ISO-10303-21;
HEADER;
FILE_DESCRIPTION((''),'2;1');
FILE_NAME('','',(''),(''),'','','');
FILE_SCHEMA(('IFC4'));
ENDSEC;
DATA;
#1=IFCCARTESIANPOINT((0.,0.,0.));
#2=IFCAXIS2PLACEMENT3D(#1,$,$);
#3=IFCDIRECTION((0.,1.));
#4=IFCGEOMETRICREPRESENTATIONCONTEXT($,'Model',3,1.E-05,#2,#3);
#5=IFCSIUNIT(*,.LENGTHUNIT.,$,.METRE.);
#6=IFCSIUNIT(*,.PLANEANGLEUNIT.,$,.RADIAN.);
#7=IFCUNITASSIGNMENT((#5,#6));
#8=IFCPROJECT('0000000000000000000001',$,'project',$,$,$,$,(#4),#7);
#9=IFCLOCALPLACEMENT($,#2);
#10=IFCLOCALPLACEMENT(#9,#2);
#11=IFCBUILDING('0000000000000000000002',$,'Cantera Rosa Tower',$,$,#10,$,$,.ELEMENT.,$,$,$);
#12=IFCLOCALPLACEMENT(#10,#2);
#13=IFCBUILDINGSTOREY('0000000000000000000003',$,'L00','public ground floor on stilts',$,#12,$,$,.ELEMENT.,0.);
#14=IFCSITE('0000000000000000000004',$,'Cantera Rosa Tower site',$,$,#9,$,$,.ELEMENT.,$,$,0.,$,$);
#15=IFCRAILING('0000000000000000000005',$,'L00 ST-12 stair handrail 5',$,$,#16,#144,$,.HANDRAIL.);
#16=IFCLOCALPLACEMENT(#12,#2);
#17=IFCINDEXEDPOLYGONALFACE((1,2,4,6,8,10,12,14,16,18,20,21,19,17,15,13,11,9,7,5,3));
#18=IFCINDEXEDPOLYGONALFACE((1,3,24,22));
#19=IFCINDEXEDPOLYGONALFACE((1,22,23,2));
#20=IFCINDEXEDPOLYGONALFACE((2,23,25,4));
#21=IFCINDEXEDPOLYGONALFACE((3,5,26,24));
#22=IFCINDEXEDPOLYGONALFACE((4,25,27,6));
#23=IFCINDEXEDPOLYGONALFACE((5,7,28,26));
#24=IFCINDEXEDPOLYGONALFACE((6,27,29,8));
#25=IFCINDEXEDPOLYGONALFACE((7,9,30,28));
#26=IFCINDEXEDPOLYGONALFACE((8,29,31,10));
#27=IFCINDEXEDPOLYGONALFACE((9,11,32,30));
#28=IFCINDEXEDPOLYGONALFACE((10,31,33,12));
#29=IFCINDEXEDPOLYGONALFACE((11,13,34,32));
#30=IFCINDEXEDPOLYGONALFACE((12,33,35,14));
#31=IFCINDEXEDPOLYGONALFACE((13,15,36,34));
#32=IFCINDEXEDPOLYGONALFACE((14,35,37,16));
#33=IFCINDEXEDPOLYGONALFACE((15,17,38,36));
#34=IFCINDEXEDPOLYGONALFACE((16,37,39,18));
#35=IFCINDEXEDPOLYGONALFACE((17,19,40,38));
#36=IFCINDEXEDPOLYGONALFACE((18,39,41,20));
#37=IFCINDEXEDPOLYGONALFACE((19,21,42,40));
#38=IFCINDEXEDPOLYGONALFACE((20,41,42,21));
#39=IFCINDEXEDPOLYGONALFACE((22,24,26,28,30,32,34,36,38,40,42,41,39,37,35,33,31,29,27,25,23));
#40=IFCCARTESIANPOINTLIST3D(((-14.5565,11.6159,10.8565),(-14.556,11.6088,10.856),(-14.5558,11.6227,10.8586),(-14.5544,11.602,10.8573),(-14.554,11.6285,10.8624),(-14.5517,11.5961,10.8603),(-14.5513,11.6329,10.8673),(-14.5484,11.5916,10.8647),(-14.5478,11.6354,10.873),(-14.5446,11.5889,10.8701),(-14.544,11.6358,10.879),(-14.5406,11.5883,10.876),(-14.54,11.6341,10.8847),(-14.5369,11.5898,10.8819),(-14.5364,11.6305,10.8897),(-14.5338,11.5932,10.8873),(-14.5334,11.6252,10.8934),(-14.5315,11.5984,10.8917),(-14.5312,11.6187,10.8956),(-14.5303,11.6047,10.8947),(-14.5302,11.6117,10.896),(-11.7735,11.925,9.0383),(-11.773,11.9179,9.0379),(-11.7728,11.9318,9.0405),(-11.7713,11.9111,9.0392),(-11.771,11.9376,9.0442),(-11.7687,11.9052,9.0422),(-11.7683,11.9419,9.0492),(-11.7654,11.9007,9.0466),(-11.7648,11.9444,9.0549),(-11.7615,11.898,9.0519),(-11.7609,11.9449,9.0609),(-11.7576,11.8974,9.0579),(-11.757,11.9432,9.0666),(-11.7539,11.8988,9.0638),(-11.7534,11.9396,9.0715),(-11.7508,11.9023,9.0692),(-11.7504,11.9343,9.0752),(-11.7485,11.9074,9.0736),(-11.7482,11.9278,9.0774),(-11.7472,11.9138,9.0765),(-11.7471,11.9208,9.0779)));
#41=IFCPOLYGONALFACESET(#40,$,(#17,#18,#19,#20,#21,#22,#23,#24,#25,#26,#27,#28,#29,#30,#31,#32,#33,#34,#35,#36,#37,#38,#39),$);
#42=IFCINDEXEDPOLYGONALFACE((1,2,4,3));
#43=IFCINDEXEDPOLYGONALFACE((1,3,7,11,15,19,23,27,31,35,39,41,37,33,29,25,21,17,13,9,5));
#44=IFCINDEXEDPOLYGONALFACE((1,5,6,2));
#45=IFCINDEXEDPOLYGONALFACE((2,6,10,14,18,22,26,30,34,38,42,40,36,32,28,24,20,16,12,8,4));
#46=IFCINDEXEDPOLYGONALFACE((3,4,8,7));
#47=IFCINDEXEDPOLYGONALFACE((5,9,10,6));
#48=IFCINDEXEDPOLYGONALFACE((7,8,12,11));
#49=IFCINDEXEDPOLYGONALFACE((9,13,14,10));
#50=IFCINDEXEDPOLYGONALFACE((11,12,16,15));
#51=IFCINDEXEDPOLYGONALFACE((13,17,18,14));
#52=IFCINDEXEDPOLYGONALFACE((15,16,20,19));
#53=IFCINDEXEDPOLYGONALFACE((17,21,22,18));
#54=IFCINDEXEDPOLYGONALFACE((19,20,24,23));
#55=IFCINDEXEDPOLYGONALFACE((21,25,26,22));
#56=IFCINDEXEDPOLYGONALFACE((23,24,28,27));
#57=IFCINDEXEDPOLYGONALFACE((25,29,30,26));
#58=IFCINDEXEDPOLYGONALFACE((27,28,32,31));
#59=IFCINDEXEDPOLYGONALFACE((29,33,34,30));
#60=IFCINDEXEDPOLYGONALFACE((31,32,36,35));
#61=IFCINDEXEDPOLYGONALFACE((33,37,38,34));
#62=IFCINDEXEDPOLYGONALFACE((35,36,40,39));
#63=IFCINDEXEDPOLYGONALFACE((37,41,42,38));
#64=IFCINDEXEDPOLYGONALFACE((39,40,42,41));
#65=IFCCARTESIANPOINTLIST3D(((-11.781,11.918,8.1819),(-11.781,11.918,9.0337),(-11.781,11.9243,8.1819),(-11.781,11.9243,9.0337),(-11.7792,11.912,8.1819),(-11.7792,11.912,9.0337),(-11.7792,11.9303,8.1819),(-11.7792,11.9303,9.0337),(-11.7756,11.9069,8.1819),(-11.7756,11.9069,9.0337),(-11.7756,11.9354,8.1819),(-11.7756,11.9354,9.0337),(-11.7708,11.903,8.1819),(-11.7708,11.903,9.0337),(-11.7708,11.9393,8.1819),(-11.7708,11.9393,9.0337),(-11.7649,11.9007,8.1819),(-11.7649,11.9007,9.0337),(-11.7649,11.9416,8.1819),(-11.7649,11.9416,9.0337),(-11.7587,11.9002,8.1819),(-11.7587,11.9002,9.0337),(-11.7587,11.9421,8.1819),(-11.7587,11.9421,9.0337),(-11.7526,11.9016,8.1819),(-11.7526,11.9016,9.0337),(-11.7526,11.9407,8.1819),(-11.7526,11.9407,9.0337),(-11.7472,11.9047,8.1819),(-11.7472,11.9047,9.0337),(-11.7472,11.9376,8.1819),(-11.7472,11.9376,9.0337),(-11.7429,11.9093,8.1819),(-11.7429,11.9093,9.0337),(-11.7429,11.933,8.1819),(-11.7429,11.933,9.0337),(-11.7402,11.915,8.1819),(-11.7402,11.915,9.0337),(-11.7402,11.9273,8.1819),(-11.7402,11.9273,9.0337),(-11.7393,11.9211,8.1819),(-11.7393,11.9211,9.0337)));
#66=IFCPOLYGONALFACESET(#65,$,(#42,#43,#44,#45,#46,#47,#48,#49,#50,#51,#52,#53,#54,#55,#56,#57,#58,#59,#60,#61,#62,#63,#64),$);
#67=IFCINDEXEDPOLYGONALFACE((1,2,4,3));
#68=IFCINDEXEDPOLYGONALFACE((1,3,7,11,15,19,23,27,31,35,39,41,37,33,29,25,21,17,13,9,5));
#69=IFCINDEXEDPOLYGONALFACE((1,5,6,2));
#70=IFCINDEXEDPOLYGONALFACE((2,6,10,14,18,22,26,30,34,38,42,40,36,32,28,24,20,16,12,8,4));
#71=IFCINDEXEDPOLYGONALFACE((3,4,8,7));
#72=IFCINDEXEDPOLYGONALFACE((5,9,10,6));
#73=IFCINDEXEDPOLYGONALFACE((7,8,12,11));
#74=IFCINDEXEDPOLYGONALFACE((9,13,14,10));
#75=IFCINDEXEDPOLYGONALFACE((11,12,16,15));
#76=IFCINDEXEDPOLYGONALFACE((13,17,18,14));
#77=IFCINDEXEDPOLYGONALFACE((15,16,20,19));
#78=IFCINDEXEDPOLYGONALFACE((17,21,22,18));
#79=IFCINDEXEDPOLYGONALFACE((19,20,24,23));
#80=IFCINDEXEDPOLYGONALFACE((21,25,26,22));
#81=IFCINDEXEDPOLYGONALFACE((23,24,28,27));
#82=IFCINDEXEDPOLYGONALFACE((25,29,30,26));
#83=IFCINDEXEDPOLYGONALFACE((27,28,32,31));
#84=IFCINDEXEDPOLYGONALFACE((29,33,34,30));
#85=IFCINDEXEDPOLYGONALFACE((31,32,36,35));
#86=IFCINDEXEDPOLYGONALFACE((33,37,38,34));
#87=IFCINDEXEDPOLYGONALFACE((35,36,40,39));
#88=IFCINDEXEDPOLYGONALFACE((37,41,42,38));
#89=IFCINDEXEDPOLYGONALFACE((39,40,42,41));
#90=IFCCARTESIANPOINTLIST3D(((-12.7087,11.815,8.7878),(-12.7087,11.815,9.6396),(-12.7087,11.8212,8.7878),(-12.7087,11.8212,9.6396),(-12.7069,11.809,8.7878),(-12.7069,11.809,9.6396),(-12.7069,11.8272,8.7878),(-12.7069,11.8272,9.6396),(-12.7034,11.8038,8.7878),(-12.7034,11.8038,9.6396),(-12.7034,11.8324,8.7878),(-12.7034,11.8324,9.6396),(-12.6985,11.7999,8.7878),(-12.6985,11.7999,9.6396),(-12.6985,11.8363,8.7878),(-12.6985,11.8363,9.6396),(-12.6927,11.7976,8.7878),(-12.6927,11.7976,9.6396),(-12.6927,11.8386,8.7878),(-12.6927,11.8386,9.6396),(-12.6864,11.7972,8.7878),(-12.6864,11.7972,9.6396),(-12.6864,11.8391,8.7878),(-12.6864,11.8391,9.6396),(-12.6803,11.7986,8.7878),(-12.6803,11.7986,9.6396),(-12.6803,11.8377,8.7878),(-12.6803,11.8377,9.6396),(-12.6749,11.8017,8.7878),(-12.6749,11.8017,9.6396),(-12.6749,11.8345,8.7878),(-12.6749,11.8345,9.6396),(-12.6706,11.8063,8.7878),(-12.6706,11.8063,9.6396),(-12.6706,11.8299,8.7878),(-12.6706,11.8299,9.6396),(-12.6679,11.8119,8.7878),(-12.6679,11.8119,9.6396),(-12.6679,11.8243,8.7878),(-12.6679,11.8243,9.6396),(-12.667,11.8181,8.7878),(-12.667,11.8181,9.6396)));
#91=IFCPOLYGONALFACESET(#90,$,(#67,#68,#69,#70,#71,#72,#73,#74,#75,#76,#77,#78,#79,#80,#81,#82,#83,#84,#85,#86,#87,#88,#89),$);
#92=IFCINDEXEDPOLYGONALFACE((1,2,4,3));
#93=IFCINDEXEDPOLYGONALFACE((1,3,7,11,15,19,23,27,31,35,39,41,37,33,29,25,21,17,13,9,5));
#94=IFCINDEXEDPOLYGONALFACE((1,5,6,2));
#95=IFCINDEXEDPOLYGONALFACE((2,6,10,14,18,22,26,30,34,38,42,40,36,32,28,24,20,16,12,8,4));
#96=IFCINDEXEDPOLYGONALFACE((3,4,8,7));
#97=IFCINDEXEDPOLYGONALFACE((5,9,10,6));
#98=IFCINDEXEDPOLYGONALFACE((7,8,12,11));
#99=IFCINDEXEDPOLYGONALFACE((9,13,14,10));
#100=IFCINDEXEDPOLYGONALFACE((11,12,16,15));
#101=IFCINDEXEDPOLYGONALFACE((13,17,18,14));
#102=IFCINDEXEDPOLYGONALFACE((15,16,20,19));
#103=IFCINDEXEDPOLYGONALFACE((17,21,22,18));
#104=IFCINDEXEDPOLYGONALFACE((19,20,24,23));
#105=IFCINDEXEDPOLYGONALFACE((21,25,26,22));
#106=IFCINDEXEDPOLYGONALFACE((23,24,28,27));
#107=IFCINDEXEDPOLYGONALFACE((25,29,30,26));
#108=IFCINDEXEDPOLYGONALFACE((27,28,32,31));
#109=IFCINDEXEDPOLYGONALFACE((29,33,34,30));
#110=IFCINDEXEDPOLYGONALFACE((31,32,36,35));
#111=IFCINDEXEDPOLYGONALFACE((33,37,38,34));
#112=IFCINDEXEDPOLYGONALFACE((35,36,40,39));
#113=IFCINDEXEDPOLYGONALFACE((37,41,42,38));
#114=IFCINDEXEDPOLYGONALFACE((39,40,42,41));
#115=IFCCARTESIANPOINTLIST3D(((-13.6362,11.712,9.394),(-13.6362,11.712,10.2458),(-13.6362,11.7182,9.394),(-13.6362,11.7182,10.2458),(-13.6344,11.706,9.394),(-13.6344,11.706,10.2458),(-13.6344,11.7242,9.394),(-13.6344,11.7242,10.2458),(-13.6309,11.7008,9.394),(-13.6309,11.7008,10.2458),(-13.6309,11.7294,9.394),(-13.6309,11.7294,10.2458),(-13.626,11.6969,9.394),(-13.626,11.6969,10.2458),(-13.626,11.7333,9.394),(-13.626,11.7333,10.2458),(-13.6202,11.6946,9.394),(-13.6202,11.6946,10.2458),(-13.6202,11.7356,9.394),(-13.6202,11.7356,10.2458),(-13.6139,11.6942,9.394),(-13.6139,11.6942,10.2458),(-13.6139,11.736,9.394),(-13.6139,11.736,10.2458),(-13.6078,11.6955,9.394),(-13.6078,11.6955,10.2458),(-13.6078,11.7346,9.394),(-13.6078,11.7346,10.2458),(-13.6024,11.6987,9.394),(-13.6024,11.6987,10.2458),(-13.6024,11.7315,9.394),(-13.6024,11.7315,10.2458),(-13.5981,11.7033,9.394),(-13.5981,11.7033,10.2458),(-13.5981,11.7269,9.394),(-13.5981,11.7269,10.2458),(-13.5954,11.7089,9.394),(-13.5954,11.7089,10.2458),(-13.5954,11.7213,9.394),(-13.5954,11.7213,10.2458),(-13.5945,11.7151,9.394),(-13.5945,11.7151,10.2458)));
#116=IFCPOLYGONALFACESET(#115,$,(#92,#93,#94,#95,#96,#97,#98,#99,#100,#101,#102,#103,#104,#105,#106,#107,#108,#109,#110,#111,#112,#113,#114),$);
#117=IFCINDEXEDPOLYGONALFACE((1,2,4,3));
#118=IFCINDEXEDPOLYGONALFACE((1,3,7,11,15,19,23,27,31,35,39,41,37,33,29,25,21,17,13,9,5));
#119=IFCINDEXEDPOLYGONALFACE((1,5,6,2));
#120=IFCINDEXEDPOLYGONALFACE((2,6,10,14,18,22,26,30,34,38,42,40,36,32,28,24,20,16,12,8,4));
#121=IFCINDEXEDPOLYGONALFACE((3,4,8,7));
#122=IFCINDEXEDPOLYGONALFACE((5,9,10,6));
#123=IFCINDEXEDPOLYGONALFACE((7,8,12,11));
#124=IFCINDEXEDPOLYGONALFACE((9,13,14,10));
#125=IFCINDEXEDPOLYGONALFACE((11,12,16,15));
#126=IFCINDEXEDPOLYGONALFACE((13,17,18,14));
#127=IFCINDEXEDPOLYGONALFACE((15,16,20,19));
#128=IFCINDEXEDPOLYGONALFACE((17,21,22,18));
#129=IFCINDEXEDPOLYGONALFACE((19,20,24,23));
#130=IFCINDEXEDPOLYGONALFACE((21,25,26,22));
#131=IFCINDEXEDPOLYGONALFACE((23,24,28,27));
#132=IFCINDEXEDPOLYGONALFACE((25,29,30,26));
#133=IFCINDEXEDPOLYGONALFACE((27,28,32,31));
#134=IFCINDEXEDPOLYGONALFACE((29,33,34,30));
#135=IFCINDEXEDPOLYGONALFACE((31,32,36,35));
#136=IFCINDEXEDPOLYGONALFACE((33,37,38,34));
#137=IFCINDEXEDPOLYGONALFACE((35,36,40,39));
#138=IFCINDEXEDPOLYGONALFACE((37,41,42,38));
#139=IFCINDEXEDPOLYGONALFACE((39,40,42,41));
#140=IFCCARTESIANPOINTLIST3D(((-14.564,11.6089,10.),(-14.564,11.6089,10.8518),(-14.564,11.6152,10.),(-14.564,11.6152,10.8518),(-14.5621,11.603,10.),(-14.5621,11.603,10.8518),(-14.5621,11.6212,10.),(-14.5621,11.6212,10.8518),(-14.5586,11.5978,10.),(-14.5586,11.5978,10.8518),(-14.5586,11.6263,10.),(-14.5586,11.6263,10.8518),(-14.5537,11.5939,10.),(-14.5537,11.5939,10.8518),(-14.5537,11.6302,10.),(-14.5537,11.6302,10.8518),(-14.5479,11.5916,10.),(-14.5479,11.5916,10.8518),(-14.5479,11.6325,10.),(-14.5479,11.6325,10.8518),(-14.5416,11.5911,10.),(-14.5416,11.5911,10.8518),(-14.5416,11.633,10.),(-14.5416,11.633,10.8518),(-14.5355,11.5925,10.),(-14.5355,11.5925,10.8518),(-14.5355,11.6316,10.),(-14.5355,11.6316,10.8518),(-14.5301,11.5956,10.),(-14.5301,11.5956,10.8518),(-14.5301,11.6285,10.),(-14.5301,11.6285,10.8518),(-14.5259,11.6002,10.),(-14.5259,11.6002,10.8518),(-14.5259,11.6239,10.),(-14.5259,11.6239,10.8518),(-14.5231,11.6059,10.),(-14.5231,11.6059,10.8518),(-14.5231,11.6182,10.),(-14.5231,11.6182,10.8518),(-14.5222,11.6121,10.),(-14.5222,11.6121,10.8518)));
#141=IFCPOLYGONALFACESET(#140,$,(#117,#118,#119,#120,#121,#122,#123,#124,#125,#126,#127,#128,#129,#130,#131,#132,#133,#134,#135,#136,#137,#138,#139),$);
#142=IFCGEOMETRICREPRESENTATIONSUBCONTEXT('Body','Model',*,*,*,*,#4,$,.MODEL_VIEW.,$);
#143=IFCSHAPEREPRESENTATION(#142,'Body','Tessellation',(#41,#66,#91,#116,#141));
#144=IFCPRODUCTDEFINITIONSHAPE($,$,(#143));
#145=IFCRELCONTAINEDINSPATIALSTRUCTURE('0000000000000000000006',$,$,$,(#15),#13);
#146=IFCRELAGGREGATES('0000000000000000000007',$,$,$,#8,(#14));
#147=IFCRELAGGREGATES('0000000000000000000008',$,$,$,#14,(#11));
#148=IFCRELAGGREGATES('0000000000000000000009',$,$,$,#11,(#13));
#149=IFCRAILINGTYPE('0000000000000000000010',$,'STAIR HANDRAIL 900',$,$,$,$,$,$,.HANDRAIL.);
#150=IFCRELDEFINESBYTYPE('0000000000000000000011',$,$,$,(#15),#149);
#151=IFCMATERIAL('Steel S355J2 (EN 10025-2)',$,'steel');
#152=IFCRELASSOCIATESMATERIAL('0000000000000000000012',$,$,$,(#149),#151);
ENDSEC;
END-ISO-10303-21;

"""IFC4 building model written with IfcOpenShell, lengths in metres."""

from ifc_helpers import new_model, si_unit, direction, frame, origin, origin_2d, place, context, subcontext, project, spatial, circle, extrude, material, type_object, element, save


model = new_model("IFC4")

# Units and contexts
model_context = context("Model", 3, precision=1e-05, world=origin(), true_north=direction((0.0, 1.0)))
body_context = subcontext(model_context, "Body", "Model", "MODEL_VIEW")
ifc_project = project(units=[si_unit("LENGTHUNIT", "METRE"), si_unit("PLANEANGLEUNIT", "RADIAN")], contexts=[model_context])

# Site, building, storey
site_placement = place(None, origin())
site = spatial("IfcSite", under=ifc_project, at=site_placement, Name="Cantera Rosa Tower site", CompositionType="ELEMENT", RefElevation=0.0)
building_placement = place(site_placement, origin())
building = spatial("IfcBuilding", under=site, at=building_placement, Name="Cantera Rosa Tower", CompositionType="ELEMENT")
storey_placement = place(building_placement, origin())
storey = spatial("IfcBuildingStorey", under=building, at=storey_placement, Name="L00", Description="public ground floor on stilts", CompositionType="ELEMENT", Elevation=0.0)

# Railing
ifc_material_1 = material(Name="Steel S355J2 (EN 10025-2)", Category="steel")
railing_type_1 = type_object("IfcRailingType", Name="STAIR HANDRAIL 900", PredefinedType="HANDRAIL", material=ifc_material_1)
railing_1_placement = place(storey_placement, frame((-11.7603, 11.9211, 8.1819)))
element("IfcRailing", 1, at=railing_1_placement, inside=storey, type_object=railing_type_1, Name="L00 ST-12 stair handrail 5", PredefinedType="HANDRAIL", context=body_context, shape_type="SweptSolid", body=[
    extrude(circle(Radius=0.0239, at=origin_2d()), frame((0.0, 0.0, 0.876), z_axis=(-0.833582, -0.09258, 0.544582), x_axis=(0.110384, -0.993889, 0.0)), (0.0, 0.0, 1.0), 3.3386),
    extrude(circle(Radius=0.021, at=origin_2d()), origin(), (0.0, 0.0, 1.0), 0.8518),
    extrude(circle(Radius=0.021, at=origin_2d()), frame((-0.9277, -0.103, 0.606)), (0.0, 0.0, 1.0), 0.8518),
    extrude(circle(Radius=0.021, at=origin_2d()), frame((-1.8552, -0.2061, 1.2122)), (0.0, 0.0, 1.0), 0.8518),
    extrude(circle(Radius=0.021, at=origin_2d()), frame((-2.783, -0.3091, 1.8181)), (0.0, 0.0, 1.0), 0.8518),
])

save(model, "model.ifc")
